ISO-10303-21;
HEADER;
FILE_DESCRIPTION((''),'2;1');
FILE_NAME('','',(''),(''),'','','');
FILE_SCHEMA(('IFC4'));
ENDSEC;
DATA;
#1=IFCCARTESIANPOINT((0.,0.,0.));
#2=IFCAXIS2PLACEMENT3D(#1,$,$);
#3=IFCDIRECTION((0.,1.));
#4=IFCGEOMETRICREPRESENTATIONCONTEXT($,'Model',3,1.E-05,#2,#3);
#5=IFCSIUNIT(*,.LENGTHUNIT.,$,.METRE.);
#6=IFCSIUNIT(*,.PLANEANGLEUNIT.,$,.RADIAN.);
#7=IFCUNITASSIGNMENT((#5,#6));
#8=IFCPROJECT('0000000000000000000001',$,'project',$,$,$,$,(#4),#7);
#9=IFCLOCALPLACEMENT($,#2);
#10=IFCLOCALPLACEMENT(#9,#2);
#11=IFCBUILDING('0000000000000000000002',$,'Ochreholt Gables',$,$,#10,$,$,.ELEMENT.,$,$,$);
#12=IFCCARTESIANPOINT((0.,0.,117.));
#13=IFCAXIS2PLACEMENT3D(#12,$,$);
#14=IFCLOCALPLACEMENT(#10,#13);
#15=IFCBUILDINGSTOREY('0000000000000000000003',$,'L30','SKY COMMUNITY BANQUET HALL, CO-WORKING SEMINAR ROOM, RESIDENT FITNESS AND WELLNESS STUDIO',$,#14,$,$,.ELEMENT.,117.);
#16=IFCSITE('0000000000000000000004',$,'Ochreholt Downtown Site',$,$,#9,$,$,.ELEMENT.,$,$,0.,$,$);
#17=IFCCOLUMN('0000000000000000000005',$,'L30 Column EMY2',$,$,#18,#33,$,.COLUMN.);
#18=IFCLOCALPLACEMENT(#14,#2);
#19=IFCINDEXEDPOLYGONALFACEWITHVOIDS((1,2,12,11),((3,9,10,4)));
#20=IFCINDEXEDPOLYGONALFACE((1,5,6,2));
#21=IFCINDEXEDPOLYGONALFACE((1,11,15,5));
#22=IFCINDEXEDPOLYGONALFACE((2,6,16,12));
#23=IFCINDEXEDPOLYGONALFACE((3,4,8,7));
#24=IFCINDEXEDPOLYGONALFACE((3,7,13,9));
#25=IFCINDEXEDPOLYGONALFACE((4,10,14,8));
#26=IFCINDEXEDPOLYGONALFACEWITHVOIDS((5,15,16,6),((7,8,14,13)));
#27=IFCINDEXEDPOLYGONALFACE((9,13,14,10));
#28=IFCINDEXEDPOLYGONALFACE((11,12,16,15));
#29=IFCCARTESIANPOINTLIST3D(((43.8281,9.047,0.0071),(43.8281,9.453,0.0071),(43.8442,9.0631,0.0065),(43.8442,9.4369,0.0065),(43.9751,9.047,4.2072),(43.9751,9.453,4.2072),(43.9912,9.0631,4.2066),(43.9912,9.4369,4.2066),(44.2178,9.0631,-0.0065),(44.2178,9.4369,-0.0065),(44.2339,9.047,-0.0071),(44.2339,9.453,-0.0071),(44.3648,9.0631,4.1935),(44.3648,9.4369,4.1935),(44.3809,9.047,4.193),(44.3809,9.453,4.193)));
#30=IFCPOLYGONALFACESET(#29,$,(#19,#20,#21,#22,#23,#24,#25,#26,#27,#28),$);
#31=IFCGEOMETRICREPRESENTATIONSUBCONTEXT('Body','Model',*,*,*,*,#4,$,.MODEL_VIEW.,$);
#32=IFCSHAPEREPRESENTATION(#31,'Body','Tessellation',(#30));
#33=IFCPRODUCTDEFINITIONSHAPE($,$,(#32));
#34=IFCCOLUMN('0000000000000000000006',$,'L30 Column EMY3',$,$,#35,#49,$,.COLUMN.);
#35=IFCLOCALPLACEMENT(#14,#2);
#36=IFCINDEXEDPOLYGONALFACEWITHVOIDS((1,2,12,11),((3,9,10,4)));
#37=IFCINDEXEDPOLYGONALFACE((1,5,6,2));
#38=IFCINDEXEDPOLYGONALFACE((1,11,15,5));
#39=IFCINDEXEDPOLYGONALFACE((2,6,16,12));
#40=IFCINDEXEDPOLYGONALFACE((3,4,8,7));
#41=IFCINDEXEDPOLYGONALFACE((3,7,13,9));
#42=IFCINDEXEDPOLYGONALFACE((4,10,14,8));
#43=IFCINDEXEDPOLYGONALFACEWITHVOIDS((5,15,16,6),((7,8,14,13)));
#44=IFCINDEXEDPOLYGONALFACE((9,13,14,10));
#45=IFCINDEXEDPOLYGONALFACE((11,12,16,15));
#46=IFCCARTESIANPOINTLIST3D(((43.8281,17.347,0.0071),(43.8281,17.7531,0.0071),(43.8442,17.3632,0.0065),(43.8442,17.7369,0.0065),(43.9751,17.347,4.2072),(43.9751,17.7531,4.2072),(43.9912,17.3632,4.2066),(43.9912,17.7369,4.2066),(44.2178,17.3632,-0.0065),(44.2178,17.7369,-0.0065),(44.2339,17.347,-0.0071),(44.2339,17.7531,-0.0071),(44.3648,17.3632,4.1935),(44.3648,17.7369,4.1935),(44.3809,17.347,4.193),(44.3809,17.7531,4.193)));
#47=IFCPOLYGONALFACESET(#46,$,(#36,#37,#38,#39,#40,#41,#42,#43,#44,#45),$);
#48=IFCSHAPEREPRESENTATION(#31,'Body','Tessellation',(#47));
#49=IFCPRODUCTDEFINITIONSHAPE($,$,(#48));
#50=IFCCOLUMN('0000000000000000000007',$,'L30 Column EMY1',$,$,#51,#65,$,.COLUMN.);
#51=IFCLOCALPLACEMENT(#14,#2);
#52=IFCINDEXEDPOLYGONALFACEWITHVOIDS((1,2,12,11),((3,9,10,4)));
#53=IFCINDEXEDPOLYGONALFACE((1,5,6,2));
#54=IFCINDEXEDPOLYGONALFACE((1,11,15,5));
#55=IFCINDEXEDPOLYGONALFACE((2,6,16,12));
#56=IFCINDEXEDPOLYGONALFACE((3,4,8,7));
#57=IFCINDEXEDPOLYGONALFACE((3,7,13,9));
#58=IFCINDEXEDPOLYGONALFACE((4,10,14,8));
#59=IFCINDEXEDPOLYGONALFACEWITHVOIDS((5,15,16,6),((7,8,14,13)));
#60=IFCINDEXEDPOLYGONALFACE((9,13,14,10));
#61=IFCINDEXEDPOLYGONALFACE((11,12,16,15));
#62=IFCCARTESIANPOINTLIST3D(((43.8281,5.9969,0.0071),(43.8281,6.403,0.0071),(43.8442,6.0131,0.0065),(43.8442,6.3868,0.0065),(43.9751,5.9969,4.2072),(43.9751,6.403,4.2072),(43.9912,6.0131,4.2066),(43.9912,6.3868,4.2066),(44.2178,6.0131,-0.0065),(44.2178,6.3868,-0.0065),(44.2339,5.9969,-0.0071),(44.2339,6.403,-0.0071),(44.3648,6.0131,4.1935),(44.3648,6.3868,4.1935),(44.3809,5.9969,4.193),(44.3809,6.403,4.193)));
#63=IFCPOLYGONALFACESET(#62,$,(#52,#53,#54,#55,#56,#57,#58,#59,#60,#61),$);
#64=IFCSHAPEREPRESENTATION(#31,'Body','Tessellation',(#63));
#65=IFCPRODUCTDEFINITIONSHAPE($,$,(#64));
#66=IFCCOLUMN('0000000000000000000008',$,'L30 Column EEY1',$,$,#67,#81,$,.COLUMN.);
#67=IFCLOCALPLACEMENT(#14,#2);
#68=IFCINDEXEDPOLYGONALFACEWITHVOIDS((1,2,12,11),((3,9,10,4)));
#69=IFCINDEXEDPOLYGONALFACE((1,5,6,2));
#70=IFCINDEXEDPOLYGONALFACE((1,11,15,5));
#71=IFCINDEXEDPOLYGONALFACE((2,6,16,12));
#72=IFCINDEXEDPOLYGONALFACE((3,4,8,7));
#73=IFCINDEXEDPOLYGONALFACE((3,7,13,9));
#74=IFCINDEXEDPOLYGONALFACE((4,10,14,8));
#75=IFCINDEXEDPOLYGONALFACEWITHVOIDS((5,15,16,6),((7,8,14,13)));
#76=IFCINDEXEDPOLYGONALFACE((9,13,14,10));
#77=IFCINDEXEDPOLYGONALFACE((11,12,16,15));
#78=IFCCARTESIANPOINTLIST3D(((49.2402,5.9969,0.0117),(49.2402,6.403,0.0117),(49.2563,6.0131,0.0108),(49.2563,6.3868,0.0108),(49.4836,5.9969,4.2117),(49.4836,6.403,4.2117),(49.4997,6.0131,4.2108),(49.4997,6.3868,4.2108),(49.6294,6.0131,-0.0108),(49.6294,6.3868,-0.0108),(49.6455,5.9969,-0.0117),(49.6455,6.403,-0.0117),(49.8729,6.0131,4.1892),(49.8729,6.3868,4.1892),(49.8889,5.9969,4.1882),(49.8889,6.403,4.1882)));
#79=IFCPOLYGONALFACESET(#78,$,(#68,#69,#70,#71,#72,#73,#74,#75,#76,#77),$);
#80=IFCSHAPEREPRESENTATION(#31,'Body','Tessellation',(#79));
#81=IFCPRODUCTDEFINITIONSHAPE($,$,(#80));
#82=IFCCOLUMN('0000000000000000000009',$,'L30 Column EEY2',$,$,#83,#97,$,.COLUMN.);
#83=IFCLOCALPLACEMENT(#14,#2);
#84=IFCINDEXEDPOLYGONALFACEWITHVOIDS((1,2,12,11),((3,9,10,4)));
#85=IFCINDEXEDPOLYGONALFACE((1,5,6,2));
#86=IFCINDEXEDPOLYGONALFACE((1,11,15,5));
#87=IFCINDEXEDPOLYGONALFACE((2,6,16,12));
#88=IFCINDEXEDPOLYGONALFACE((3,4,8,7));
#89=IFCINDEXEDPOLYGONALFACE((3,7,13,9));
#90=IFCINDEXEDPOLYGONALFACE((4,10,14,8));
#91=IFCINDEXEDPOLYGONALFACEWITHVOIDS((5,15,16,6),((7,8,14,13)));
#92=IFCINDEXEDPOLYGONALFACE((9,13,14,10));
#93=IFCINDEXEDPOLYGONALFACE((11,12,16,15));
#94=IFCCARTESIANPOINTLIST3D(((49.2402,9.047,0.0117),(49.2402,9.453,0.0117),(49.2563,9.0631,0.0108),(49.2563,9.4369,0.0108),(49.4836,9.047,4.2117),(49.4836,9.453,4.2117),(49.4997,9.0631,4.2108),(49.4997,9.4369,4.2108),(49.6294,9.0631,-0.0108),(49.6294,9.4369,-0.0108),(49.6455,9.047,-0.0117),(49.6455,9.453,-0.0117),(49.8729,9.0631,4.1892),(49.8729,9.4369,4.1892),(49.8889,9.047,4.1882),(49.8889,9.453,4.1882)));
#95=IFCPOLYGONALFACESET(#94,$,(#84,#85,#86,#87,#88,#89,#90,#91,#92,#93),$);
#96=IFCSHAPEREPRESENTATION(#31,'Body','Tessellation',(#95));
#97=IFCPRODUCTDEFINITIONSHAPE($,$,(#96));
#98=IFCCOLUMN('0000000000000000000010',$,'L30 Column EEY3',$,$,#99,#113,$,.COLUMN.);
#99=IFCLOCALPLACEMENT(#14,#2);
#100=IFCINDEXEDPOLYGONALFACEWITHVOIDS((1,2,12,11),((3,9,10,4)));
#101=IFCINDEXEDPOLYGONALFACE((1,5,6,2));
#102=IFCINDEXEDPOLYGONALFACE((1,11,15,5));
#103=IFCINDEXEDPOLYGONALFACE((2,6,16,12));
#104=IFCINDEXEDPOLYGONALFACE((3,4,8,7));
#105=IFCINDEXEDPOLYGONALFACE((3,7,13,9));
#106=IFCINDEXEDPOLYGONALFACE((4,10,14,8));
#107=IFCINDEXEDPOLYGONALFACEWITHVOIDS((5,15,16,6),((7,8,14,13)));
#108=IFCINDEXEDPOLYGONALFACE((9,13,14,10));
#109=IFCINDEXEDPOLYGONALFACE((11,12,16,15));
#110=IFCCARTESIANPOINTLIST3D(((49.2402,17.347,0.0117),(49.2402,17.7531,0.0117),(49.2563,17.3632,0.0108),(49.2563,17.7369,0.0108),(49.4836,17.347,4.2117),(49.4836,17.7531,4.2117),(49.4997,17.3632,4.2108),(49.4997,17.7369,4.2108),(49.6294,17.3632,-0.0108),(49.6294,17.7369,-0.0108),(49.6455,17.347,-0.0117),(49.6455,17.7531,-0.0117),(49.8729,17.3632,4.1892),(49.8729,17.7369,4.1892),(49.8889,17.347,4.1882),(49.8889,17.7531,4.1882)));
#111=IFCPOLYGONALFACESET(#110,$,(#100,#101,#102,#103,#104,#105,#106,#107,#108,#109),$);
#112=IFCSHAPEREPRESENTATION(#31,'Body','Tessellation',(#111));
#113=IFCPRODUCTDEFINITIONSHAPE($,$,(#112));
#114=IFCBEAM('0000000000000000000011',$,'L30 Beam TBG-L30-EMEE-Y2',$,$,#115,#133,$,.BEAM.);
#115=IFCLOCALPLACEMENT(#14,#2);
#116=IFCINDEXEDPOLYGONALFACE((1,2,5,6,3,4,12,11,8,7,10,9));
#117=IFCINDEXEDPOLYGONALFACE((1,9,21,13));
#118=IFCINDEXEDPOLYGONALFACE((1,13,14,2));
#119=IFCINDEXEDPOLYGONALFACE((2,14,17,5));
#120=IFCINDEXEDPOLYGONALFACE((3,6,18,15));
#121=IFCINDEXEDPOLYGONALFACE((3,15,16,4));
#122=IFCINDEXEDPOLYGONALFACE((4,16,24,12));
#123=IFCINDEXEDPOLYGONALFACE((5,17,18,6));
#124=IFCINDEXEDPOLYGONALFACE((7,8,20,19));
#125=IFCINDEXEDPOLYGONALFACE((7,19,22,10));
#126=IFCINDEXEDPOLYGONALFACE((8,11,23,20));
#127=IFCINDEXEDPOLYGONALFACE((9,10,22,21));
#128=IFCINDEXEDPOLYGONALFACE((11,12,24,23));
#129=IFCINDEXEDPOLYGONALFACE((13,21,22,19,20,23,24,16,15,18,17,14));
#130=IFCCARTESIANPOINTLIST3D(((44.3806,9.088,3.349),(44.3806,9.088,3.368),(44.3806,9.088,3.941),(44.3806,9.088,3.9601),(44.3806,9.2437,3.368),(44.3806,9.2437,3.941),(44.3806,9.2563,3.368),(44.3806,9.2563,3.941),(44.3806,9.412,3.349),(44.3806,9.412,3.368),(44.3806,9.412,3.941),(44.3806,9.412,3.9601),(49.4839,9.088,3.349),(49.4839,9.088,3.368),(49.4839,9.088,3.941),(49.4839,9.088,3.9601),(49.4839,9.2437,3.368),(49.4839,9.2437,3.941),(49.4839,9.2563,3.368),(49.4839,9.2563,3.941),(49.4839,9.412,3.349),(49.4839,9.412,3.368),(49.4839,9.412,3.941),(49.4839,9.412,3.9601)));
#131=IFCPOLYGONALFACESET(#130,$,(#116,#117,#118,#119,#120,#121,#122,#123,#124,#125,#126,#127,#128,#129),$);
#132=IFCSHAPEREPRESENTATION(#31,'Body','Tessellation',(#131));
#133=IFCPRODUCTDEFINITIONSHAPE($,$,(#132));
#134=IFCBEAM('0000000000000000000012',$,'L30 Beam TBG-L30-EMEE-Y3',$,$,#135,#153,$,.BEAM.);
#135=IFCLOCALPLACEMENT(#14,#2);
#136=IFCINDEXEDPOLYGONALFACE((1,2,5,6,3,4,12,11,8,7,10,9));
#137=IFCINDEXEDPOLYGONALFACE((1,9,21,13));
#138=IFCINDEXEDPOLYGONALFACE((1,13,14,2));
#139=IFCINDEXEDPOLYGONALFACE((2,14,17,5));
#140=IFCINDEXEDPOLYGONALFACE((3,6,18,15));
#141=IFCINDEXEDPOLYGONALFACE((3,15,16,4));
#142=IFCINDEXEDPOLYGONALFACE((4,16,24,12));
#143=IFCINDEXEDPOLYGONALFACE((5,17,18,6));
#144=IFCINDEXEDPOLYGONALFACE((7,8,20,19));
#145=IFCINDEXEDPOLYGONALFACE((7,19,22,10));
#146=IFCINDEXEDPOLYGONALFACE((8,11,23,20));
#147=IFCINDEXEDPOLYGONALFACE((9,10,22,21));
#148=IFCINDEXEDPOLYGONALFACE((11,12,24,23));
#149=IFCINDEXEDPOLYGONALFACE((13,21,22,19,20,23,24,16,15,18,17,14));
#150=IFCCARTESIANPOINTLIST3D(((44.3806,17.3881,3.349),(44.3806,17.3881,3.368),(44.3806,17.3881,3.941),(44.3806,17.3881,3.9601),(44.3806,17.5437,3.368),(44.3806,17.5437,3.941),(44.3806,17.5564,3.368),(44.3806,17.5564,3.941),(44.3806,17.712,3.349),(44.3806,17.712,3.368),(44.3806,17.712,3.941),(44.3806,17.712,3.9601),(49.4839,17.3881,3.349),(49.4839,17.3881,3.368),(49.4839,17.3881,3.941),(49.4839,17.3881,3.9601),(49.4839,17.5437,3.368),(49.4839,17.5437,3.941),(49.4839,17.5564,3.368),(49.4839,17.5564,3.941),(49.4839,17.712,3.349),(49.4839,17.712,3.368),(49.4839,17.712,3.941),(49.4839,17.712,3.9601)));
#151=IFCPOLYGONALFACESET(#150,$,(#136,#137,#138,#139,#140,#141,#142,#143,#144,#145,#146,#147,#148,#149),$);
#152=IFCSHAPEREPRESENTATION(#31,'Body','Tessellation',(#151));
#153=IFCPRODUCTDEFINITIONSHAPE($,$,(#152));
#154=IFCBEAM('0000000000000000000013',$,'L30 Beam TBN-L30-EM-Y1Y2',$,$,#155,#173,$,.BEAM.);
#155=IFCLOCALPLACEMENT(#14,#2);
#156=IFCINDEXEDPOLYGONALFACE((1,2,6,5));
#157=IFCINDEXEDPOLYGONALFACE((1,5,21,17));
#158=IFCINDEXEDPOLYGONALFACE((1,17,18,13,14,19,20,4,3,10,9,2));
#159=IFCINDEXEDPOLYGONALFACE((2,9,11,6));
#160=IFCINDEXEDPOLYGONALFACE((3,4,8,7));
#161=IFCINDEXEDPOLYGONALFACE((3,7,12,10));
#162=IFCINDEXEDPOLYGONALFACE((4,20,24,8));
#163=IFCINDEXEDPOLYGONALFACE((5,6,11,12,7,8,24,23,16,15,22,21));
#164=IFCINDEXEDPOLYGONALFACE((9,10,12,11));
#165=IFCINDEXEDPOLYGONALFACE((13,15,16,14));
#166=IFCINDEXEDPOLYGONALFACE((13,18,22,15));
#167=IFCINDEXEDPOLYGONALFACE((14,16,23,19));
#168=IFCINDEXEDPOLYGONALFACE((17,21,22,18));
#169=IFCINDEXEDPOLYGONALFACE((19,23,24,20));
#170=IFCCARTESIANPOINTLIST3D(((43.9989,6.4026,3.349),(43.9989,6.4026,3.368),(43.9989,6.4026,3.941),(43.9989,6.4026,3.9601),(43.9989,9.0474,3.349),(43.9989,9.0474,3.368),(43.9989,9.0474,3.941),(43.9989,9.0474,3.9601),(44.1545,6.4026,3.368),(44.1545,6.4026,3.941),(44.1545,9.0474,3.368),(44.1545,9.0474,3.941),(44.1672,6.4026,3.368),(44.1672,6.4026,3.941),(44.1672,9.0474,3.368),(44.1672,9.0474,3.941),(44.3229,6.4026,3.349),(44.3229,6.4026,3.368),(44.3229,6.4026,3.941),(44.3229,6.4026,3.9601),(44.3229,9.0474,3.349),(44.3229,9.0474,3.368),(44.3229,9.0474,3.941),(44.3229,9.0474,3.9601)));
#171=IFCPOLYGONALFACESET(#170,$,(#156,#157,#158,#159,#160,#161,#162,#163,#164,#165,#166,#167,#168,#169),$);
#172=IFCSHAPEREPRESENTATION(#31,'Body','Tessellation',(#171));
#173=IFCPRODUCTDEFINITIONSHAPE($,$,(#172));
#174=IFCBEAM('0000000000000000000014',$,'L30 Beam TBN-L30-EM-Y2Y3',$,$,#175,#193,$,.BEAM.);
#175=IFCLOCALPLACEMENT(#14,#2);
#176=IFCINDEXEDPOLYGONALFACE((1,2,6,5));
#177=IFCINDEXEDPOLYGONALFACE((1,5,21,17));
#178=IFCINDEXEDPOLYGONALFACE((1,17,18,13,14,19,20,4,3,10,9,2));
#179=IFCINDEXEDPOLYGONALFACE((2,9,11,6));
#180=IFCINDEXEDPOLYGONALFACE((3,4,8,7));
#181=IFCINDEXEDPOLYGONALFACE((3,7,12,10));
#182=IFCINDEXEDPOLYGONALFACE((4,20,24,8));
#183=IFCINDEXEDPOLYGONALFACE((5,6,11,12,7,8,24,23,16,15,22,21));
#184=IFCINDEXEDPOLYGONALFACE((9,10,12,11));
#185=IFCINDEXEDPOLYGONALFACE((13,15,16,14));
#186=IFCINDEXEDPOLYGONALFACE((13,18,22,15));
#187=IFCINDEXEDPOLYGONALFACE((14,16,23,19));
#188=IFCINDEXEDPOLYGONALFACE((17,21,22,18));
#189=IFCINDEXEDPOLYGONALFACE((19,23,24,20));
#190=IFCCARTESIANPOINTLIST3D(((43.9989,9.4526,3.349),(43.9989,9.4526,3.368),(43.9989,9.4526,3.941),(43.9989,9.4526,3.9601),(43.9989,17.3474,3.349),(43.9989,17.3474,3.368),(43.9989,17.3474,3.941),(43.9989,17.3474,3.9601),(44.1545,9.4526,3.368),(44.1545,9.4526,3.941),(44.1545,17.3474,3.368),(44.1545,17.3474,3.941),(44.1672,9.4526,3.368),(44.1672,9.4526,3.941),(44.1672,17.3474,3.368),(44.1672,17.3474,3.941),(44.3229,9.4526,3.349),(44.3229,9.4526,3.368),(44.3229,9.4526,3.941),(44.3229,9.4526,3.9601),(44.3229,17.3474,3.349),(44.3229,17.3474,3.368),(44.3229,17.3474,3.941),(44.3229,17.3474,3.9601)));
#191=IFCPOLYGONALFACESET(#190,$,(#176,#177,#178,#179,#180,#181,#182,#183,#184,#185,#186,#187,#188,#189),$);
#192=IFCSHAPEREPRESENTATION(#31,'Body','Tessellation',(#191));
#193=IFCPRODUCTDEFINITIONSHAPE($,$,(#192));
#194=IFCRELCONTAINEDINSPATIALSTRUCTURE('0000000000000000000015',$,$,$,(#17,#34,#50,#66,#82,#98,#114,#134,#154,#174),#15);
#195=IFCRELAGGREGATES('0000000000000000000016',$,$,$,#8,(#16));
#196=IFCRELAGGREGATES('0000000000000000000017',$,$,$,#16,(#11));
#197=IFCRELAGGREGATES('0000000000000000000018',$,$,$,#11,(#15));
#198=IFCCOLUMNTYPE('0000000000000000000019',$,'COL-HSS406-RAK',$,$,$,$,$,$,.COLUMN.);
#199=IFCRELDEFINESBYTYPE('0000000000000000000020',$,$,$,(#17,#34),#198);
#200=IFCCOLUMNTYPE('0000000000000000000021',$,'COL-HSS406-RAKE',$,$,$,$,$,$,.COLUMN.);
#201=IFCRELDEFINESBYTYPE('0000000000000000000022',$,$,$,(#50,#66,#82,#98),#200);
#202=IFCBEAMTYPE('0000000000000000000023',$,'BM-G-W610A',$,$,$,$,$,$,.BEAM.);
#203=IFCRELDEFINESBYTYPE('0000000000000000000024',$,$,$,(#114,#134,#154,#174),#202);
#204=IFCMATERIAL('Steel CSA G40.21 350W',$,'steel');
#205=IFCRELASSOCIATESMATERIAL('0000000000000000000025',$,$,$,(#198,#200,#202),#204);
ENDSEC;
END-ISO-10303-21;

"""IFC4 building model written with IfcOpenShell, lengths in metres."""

from ifc_helpers import new_model, si_unit, direction, frame, origin, origin_2d, place, context, subcontext, project, spatial, hollow_rectangle, i_section, extrude, material, material_profile, profile_set, type_object, element, save


model = new_model("IFC4")

# Units and contexts
model_context = context("Model", 3, precision=1e-05, world=origin(), true_north=direction((0.0, 1.0)))
body_context = subcontext(model_context, "Body", "Model", "MODEL_VIEW")
ifc_project = project(units=[si_unit("LENGTHUNIT", "METRE"), si_unit("PLANEANGLEUNIT", "RADIAN")], contexts=[model_context])

# Site, building, storey
site_placement = place(None, origin())
site = spatial("IfcSite", under=ifc_project, at=site_placement, Name="Ochreholt Downtown Site", CompositionType="ELEMENT", RefElevation=0.0)
building_placement = place(site_placement, origin())
building = spatial("IfcBuilding", under=site, at=building_placement, Name="Ochreholt Gables", CompositionType="ELEMENT")
storey_placement = place(building_placement, frame((0.0, 0.0, 117.0)))
storey = spatial("IfcBuildingStorey", under=building, at=storey_placement, Name="L30", Description="SKY COMMUNITY BANQUET HALL, CO-WORKING SEMINAR ROOM, RESIDENT FITNESS AND WELLNESS STUDIO", CompositionType="ELEMENT", Elevation=117.0)

# Columns
ifc_material_1 = material(Name="Steel CSA G40.21 350W", Category="steel")
ifc_material_profile_1 = material_profile(ifc_material_1, hollow_rectangle(XDim=0.406, YDim=0.406, WallThickness=0.0161, at=origin_2d()), Name="HSS406X406X16")
ifc_profile_set_1 = profile_set([ifc_material_profile_1], Name="Steel CSA G40.21 350W")
column_type_1 = type_object("IfcColumnType", Name="COL-HSS406-RAK", PredefinedType="COLUMN", material=ifc_profile_set_1)
for number, where, z_axis, x_axis, name in (
    (1, (44.031, 9.25, 0.0), (0.034972, 0.0, 0.999388), (0.0, 1.0, 0.0), "L30 Column EMY2"),
    (2, (44.031, 17.55, 0.0), (0.034972, 0.0, 0.999388), (0.0, 1.0, 0.0), "L30 Column EMY3"),
):
    element("IfcColumn", number, at=place(storey_placement, frame(where, z_axis=z_axis, x_axis=x_axis)), inside=storey, type_object=column_type_1, Name=name, PredefinedType="COLUMN", context=body_context, shape_type="SweptSolid", body=[
        extrude(hollow_rectangle(XDim=0.406, YDim=0.406, WallThickness=0.0161, at=origin_2d()), origin(), (0.0, 0.0, 1.0), 4.2026),
    ])
ifc_material_profile_2 = material_profile(ifc_material_1, hollow_rectangle(XDim=0.406, YDim=0.406, WallThickness=0.0161, at=origin_2d()), Name="HSS406X406X16")
ifc_profile_set_2 = profile_set([ifc_material_profile_2], Name="Steel CSA G40.21 350W")
column_type_2 = type_object("IfcColumnType", Name="COL-HSS406-RAKE", PredefinedType="COLUMN", material=ifc_profile_set_2)
column_placement = place(storey_placement, frame((44.031, 6.2, 0.0), z_axis=(0.034972, 0.0, 0.999388), x_axis=(0.0, 1.0, 0.0)))
element("IfcColumn", 3, at=column_placement, inside=storey, type_object=column_type_2, Name="L30 Column EMY1", PredefinedType="COLUMN", context=body_context, shape_type="SweptSolid", body=[
    extrude(hollow_rectangle(XDim=0.406, YDim=0.406, WallThickness=0.0161, at=origin_2d()), origin(), (0.0, 0.0, 1.0), 4.2026),
])
for number, where, z_axis, x_axis, name in (
    (4, (49.4429, 6.2, 0.0), (0.057858, 0.0, 0.998325), (0.0, 1.0, 0.0), "L30 Column EEY1"),
    (5, (49.4429, 9.25, 0.0), (0.057858, 0.0, 0.998325), (0.0, 1.0, 0.0), "L30 Column EEY2"),
    (6, (49.4429, 17.55, 0.0), (0.057858, 0.0, 0.998325), (0.0, 1.0, 0.0), "L30 Column EEY3"),
):
    element("IfcColumn", number, at=place(storey_placement, frame(where, z_axis=z_axis, x_axis=x_axis)), inside=storey, type_object=column_type_2, Name=name, PredefinedType="COLUMN", context=body_context, shape_type="SweptSolid", body=[
        extrude(hollow_rectangle(XDim=0.406, YDim=0.406, WallThickness=0.0161, at=origin_2d()), origin(), (0.0, 0.0, 1.0), 4.207),
    ])

# Beams
ifc_material_profile_3 = material_profile(ifc_material_1, i_section(OverallWidth=0.324, OverallDepth=0.6111, WebThickness=0.0127, FlangeThickness=0.019, at=origin_2d()), Name="W610X155")
ifc_profile_set_3 = profile_set([ifc_material_profile_3], Name="Steel CSA G40.21 350W")
beam_type_1 = type_object("IfcBeamType", Name="BM-G-W610A", PredefinedType="BEAM", material=ifc_profile_set_3)
for number, where, z_axis, x_axis, name in (
    (7, (44.3806, 9.25, 3.6545), (1.0, 0.0, 0.0), (0.0, 1.0, 0.0), "L30 Beam TBG-L30-EMEE-Y2"),
    (8, (44.3806, 17.55, 3.6545), (1.0, 0.0, 0.0), (0.0, 1.0, 0.0), "L30 Beam TBG-L30-EMEE-Y3"),
):
    element("IfcBeam", number, at=place(storey_placement, frame(where, z_axis=z_axis, x_axis=x_axis)), inside=storey, type_object=beam_type_1, Name=name, PredefinedType="BEAM", context=body_context, shape_type="SweptSolid", body=[
        extrude(i_section(OverallWidth=0.324, OverallDepth=0.6111, WebThickness=0.0127, FlangeThickness=0.019, at=origin_2d()), origin(), (0.0, 0.0, 1.0), 5.1033),
    ])
beam_1_placement = place(storey_placement, frame((44.1609, 6.4026, 3.6545), z_axis=(0.0, 1.0, 0.0), x_axis=(-1.0, 0.0, 0.0)))
element("IfcBeam", 9, at=beam_1_placement, inside=storey, type_object=beam_type_1, Name="L30 Beam TBN-L30-EM-Y1Y2", PredefinedType="BEAM", context=body_context, shape_type="SweptSolid", body=[
    extrude(i_section(OverallWidth=0.324, OverallDepth=0.6111, WebThickness=0.0127, FlangeThickness=0.019, at=origin_2d()), origin(), (0.0, 0.0, 1.0), 2.6448),
])
beam_2_placement = place(storey_placement, frame((44.1609, 9.4526, 3.6545), z_axis=(0.0, 1.0, 0.0), x_axis=(-1.0, 0.0, 0.0)))
element("IfcBeam", 10, at=beam_2_placement, inside=storey, type_object=beam_type_1, Name="L30 Beam TBN-L30-EM-Y2Y3", PredefinedType="BEAM", context=body_context, shape_type="SweptSolid", body=[
    extrude(i_section(OverallWidth=0.324, OverallDepth=0.6111, WebThickness=0.0127, FlangeThickness=0.019, at=origin_2d()), origin(), (0.0, 0.0, 1.0), 7.8948),
])

save(model, "model.ifc")
